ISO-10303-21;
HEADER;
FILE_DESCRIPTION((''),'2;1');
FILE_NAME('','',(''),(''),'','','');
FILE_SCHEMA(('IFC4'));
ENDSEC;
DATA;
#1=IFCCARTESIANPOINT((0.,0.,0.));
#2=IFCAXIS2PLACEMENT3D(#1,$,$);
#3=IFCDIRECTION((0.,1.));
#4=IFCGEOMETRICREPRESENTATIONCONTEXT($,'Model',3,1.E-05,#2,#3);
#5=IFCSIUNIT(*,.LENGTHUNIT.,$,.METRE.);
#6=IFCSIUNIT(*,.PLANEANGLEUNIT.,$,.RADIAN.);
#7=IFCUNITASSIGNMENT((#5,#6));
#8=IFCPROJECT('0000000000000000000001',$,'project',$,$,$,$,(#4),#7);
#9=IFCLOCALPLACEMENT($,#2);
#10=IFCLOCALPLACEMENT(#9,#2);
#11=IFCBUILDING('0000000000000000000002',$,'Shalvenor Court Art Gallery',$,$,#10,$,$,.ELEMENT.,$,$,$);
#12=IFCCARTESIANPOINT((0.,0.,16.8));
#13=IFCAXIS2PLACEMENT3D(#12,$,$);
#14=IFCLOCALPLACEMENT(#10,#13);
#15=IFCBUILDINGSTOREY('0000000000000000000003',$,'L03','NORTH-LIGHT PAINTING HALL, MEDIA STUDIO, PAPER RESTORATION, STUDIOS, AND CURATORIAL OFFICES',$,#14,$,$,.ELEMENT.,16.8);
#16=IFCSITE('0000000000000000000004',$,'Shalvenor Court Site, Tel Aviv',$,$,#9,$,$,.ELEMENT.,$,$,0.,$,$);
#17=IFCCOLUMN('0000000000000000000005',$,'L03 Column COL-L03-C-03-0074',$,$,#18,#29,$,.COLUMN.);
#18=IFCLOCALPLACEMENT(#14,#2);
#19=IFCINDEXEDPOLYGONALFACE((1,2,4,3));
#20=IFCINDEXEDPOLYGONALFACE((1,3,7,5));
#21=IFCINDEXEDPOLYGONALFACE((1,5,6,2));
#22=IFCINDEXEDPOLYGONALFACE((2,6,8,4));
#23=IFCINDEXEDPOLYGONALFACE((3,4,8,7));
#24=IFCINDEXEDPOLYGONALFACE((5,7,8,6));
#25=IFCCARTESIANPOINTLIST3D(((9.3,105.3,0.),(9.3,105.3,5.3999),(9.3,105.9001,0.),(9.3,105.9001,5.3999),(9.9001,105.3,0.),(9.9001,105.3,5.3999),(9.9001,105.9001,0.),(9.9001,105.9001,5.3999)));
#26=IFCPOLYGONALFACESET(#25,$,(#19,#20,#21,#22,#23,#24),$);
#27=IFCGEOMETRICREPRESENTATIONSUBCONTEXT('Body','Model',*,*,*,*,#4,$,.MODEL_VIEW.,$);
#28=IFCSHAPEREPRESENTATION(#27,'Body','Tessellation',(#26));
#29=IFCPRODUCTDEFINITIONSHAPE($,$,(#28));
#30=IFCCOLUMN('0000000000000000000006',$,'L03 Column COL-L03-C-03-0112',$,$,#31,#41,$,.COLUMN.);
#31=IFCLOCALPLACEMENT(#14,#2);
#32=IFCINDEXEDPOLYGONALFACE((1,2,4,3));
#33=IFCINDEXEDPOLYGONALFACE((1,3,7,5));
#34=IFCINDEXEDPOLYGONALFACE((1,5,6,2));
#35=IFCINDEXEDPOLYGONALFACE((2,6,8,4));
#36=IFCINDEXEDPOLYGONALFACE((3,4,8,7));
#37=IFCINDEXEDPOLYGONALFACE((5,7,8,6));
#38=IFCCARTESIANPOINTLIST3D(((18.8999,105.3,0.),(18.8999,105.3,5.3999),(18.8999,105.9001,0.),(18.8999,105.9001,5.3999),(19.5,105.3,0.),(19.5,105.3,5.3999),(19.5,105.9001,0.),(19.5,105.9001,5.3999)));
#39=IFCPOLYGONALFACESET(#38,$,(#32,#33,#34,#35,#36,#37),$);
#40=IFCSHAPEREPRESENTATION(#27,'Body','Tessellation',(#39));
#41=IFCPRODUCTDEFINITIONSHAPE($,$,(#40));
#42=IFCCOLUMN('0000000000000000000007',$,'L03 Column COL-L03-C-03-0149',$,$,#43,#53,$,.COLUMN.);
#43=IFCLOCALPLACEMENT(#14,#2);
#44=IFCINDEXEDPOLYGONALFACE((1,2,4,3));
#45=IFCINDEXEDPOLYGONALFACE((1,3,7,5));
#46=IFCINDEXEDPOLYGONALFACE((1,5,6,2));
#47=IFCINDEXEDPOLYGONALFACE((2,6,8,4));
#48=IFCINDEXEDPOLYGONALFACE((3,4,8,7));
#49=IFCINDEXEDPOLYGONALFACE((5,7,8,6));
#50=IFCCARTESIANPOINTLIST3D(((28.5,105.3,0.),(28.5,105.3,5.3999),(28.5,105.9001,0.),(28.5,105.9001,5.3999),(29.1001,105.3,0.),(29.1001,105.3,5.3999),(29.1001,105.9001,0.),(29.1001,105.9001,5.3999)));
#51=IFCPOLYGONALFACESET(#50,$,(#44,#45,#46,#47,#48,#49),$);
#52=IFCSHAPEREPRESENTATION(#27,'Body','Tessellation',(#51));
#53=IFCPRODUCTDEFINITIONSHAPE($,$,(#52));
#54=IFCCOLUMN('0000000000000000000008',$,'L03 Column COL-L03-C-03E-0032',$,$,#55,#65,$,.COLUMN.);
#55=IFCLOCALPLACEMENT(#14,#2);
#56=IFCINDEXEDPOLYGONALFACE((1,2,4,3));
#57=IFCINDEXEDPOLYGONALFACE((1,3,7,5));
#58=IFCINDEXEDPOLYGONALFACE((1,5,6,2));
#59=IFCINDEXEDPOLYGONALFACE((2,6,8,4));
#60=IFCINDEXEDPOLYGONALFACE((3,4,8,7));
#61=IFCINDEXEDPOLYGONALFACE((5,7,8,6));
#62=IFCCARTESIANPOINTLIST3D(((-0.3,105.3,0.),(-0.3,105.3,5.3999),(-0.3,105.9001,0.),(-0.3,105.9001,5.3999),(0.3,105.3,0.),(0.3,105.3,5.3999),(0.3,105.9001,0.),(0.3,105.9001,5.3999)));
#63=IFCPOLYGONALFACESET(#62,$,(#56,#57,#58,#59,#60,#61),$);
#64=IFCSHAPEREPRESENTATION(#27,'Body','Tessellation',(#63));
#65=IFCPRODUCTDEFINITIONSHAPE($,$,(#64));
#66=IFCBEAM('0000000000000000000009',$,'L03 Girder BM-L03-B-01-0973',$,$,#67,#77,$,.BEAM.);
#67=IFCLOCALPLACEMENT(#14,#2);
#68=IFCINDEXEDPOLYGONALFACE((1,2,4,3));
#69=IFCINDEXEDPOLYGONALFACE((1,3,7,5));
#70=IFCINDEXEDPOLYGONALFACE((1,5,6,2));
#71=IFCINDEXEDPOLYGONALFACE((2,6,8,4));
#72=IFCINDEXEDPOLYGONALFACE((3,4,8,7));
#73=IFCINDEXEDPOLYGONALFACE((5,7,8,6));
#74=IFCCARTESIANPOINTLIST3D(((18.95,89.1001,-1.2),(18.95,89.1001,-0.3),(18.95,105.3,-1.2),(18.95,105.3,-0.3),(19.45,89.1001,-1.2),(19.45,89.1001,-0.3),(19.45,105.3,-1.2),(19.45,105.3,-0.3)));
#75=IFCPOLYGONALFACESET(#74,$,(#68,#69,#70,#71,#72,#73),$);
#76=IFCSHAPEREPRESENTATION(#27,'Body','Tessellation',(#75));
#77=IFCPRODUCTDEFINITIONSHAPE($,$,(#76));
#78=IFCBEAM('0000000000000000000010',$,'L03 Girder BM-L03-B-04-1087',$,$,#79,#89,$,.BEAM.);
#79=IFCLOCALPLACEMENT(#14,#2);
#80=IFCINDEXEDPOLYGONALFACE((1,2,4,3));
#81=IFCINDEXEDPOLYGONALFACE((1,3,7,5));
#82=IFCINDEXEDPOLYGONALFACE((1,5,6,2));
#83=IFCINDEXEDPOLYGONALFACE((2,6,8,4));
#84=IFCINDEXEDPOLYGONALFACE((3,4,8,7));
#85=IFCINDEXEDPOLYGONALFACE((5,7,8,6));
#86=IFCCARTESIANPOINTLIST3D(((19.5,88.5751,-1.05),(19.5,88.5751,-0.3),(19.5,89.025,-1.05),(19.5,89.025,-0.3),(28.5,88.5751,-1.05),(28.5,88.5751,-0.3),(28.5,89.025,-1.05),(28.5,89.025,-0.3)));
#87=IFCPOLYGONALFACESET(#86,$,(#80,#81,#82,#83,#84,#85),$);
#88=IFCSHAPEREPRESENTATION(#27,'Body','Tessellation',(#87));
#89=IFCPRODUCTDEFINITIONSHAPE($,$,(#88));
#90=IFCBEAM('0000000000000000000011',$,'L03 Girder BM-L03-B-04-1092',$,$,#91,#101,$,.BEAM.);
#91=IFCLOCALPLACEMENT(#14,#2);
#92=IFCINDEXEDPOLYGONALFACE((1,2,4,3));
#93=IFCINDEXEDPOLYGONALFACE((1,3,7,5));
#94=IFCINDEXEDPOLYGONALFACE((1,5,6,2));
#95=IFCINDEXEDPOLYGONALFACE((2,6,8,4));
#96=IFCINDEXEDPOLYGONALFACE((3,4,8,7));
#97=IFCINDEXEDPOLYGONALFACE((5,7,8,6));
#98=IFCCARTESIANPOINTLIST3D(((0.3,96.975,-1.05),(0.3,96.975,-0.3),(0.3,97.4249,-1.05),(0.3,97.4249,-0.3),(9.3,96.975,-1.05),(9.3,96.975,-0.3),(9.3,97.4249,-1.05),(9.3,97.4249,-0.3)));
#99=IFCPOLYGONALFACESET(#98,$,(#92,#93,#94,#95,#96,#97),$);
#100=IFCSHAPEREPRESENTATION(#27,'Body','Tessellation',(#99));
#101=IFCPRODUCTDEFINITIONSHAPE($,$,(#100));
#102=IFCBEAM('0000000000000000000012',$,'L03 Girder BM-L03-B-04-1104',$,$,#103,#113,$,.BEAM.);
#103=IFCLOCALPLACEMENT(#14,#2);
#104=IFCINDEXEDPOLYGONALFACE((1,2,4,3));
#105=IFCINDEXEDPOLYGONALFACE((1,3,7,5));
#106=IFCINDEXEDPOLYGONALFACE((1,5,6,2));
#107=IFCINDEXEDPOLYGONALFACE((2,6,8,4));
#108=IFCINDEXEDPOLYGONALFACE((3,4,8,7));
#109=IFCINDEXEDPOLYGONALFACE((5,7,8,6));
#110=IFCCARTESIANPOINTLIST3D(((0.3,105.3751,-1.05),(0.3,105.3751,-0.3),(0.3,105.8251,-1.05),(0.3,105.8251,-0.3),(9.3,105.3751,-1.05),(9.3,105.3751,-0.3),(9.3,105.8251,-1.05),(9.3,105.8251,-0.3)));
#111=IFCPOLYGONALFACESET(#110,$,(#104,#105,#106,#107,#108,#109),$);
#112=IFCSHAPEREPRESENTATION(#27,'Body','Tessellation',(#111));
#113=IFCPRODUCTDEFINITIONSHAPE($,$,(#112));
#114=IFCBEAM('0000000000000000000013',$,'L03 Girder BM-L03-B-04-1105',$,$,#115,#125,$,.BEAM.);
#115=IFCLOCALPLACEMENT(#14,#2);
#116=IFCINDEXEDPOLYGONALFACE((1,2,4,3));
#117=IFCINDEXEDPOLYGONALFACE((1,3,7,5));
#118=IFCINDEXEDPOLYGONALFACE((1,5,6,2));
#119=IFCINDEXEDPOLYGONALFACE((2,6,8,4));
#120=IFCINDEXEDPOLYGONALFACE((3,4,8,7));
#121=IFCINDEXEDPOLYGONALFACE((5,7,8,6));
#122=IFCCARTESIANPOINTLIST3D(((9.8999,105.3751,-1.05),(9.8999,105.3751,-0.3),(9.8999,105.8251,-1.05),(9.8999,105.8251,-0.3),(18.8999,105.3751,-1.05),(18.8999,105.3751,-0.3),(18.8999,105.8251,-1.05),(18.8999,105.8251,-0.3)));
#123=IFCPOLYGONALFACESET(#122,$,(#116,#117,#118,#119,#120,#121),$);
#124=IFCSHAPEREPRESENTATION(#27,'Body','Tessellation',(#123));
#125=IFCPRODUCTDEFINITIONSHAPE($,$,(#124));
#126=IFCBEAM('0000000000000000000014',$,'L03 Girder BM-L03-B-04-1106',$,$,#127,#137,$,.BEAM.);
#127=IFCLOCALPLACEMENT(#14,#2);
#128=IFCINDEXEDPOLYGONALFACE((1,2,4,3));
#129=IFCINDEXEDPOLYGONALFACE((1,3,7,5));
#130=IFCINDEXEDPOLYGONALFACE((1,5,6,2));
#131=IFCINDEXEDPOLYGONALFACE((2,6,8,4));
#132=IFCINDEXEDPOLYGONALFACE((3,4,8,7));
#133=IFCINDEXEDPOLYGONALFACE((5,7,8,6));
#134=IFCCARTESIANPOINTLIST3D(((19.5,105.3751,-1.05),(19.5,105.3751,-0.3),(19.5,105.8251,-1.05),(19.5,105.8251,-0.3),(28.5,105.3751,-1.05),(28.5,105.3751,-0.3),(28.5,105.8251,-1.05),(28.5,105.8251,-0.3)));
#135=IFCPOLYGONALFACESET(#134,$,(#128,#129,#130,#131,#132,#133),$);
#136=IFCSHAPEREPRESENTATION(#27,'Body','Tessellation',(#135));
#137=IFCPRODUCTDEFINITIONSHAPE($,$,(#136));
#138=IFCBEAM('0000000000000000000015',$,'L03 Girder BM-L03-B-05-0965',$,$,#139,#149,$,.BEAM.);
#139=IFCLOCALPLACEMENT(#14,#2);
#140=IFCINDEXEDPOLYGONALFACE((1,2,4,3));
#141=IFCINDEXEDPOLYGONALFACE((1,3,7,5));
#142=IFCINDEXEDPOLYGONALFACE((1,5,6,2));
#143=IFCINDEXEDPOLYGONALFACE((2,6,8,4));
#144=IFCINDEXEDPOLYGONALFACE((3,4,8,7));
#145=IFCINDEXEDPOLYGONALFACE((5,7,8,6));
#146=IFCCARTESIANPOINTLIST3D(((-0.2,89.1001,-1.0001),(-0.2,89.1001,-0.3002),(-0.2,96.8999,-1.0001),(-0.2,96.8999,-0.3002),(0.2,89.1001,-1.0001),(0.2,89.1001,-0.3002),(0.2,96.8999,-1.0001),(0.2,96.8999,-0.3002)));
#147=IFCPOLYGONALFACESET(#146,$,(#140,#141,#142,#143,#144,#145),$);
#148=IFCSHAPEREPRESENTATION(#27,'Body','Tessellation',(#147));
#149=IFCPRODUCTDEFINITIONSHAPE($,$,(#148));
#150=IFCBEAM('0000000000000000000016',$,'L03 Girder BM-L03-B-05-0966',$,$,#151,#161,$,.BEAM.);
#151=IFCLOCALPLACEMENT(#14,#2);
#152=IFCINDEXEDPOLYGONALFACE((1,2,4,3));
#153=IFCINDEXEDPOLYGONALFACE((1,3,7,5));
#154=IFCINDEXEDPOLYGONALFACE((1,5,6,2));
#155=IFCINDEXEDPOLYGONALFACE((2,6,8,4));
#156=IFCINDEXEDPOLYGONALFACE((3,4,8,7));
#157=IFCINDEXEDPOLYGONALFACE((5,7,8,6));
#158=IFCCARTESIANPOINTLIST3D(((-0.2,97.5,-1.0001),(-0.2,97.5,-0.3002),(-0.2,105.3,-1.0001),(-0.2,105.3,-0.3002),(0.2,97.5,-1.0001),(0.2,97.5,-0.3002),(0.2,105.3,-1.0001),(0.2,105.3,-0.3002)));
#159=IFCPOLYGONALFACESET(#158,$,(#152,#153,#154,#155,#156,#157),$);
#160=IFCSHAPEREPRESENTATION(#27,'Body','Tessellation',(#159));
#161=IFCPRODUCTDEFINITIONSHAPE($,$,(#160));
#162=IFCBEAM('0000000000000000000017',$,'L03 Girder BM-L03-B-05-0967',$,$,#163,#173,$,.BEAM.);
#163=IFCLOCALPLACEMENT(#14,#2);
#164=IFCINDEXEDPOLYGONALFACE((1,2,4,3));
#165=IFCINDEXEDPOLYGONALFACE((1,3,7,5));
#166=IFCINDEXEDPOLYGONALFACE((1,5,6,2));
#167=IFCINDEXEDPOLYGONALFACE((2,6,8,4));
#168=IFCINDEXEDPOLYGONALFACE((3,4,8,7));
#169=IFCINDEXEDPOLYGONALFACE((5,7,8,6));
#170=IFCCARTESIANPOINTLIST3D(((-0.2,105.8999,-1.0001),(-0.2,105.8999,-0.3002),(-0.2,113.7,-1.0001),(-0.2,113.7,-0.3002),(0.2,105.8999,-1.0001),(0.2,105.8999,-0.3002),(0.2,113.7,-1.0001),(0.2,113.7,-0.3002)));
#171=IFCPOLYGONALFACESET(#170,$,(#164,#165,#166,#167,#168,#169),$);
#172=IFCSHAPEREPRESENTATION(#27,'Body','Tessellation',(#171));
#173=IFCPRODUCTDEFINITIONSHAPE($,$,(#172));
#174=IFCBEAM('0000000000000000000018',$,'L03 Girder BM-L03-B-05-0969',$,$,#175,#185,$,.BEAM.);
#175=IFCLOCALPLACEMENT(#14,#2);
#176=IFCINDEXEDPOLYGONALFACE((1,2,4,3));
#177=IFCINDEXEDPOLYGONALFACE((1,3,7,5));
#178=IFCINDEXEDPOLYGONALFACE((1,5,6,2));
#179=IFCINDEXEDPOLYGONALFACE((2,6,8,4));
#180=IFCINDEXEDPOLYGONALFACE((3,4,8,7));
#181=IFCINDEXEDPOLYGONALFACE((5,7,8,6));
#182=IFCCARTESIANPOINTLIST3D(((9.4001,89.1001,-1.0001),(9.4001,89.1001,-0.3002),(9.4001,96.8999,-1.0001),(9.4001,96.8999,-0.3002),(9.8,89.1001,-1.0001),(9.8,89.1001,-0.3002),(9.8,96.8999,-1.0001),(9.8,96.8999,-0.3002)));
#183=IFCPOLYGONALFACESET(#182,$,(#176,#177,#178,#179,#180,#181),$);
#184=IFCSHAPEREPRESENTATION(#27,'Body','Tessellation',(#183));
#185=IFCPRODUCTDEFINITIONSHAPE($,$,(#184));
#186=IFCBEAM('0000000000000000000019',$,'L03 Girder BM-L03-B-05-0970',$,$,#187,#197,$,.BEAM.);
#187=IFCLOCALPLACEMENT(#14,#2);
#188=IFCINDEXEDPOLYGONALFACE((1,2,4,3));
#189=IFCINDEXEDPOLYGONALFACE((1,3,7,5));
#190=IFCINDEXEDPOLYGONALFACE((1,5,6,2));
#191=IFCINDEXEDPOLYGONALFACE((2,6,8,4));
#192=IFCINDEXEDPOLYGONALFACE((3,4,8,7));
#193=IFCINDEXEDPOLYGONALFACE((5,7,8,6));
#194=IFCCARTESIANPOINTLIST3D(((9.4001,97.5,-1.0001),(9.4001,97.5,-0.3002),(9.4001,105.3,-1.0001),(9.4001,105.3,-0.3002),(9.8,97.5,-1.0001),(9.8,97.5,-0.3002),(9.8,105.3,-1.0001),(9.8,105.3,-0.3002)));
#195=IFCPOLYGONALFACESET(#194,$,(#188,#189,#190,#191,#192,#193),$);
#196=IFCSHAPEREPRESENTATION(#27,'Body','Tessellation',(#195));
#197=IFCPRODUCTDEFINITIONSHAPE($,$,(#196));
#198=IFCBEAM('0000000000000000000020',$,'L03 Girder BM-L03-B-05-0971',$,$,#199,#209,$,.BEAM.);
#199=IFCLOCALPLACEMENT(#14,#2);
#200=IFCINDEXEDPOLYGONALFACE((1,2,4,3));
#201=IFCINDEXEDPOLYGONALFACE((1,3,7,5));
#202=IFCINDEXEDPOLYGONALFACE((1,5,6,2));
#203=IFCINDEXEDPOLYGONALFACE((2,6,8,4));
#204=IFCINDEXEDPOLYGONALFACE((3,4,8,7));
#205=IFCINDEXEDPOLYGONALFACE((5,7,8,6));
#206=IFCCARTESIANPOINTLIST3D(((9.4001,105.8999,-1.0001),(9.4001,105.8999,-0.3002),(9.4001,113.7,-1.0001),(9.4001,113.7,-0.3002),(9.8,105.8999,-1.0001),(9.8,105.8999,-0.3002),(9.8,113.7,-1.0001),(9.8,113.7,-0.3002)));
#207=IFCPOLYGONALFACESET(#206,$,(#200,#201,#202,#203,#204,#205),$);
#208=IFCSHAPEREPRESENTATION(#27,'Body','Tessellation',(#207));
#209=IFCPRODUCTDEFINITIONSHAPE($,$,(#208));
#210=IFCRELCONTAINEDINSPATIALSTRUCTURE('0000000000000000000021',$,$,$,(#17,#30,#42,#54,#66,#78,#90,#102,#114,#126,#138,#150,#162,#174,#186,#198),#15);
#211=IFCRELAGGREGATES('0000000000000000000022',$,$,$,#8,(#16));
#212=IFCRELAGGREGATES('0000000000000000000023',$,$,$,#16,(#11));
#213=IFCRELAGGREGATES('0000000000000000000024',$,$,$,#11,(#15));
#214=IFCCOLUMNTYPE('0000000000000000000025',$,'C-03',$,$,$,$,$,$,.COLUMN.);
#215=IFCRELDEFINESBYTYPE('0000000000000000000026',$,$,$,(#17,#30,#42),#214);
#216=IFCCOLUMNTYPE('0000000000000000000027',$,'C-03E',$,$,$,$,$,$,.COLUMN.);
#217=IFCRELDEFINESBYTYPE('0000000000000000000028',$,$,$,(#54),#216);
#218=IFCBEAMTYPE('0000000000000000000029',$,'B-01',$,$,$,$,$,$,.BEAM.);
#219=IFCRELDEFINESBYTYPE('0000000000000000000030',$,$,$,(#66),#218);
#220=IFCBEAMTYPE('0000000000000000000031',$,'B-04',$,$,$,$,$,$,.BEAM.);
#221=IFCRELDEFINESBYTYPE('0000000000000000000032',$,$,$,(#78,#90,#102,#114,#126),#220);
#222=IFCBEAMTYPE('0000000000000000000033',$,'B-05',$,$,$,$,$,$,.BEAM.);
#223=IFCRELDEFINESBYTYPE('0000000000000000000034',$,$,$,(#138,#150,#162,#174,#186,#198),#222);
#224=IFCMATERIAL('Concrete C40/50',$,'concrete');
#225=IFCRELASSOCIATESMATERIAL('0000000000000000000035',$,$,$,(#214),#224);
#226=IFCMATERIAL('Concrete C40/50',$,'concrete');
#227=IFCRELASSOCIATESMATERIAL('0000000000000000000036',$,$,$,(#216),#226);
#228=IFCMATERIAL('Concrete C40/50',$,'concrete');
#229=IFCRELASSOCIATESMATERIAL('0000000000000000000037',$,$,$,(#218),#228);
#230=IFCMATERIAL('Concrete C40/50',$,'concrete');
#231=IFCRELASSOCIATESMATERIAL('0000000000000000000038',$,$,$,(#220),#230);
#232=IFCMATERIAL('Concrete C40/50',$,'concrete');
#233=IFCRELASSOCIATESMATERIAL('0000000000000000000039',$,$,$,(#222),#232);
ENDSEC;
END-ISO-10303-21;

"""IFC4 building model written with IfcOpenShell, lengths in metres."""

from ifc_helpers import new_model, si_unit, direction, frame, origin, origin_2d, place, context, subcontext, project, spatial, rectangle, extrude, material, material_profile, profile_set, type_object, element, save


model = new_model("IFC4")

# Units and contexts
model_context = context("Model", 3, precision=1e-05, world=origin(), true_north=direction((0.0, 1.0)))
body_context = subcontext(model_context, "Body", "Model", "MODEL_VIEW")
ifc_project = project(units=[si_unit("LENGTHUNIT", "METRE"), si_unit("PLANEANGLEUNIT", "RADIAN")], contexts=[model_context])

# Site, building, storey
site_placement = place(None, origin())
site = spatial("IfcSite", under=ifc_project, at=site_placement, Name="Shalvenor Court Site, Tel Aviv", CompositionType="ELEMENT", RefElevation=0.0)
building_placement = place(site_placement, origin())
building = spatial("IfcBuilding", under=site, at=building_placement, Name="Shalvenor Court Art Gallery", CompositionType="ELEMENT")
storey_placement = place(building_placement, frame((0.0, 0.0, 16.8)))
storey = spatial("IfcBuildingStorey", under=building, at=storey_placement, Name="L03", Description="NORTH-LIGHT PAINTING HALL, MEDIA STUDIO, PAPER RESTORATION, STUDIOS, AND CURATORIAL OFFICES", CompositionType="ELEMENT", Elevation=16.8)

# Columns
ifc_material_1 = material(Name="Concrete C40/50", Category="concrete")
ifc_material_profile_1 = material_profile(ifc_material_1, rectangle(XDim=0.6001, YDim=0.6001, at=origin_2d()), Name="RC 600x600")
ifc_profile_set_1 = profile_set([ifc_material_profile_1], Name="Concrete C40/50")
column_type_1 = type_object("IfcColumnType", Name="C-03", PredefinedType="COLUMN", material=ifc_profile_set_1)
for number, where, z_axis, x_axis, name in (
    (1, (9.6001, 105.6001, 0.0), (0.0, 0.0, 1.0), (1.0, 0.0, 0.0), "L03 Column COL-L03-C-03-0074"),
    (2, (19.2, 105.6001, 0.0), (0.0, 0.0, 1.0), (1.0, 0.0, 0.0), "L03 Column COL-L03-C-03-0112"),
    (3, (28.8, 105.6001, 0.0), (0.0, 0.0, 1.0), (1.0, 0.0, 0.0), "L03 Column COL-L03-C-03-0149"),
):
    element("IfcColumn", number, at=place(storey_placement, frame(where, z_axis=z_axis, x_axis=x_axis)), inside=storey, type_object=column_type_1, Name=name, PredefinedType="COLUMN", context=body_context, shape_type="SweptSolid", body=[
        extrude(rectangle(XDim=0.6001, YDim=0.6001, at=origin_2d()), origin(), (0.0, 0.0, 1.0), 5.3999),
    ])
ifc_material_2 = material(Name="Concrete C40/50", Category="concrete")
ifc_material_profile_2 = material_profile(ifc_material_2, rectangle(XDim=0.6001, YDim=0.6001, at=origin_2d()), Name="RC 600x600")
ifc_profile_set_2 = profile_set([ifc_material_profile_2], Name="Concrete C40/50")
column_type_2 = type_object("IfcColumnType", Name="C-03E", PredefinedType="COLUMN", material=ifc_profile_set_2)
column_placement = place(storey_placement, frame((0.0, 105.6001, 0.0), z_axis=(0.0, 0.0, 1.0), x_axis=(1.0, 0.0, 0.0)))
element("IfcColumn", 4, at=column_placement, inside=storey, type_object=column_type_2, Name="L03 Column COL-L03-C-03E-0032", PredefinedType="COLUMN", context=body_context, shape_type="SweptSolid", body=[
    extrude(rectangle(XDim=0.6001, YDim=0.6001, at=origin_2d()), origin(), (0.0, 0.0, 1.0), 5.3999),
])

# Beams
ifc_material_3 = material(Name="Concrete C40/50", Category="concrete")
ifc_material_profile_3 = material_profile(ifc_material_3, rectangle(XDim=0.5, YDim=0.8999, at=origin_2d()), Name="RC 500x900")
ifc_profile_set_3 = profile_set([ifc_material_profile_3], Name="Concrete C40/50")
beam_type_1 = type_object("IfcBeamType", Name="B-01", PredefinedType="BEAM", material=ifc_profile_set_3)
beam_1_placement = place(storey_placement, frame((19.2, 89.1001, -0.75), z_axis=(0.0, 1.0, 0.0), x_axis=(-1.0, 0.0, 0.0)))
element("IfcBeam", 5, at=beam_1_placement, inside=storey, type_object=beam_type_1, Name="L03 Girder BM-L03-B-01-0973", PredefinedType="BEAM", context=body_context, shape_type="SweptSolid", body=[
    extrude(rectangle(XDim=0.5, YDim=0.8999, at=origin_2d()), origin(), (0.0, 0.0, 1.0), 16.2),
])
ifc_material_4 = material(Name="Concrete C40/50", Category="concrete")
ifc_material_profile_4 = material_profile(ifc_material_4, rectangle(XDim=0.45, YDim=0.75, at=origin_2d()), Name="RC 450x750")
ifc_profile_set_4 = profile_set([ifc_material_profile_4], Name="Concrete C40/50")
beam_type_2 = type_object("IfcBeamType", Name="B-04", PredefinedType="BEAM", material=ifc_profile_set_4)
for number, where, z_axis, x_axis, name in (
    (6, (19.5, 88.8, -0.675), (1.0, 0.0, 0.0), (0.0, 1.0, 0.0), "L03 Girder BM-L03-B-04-1087"),
    (7, (0.3, 97.2, -0.675), (1.0, 0.0, 0.0), (0.0, 1.0, 0.0), "L03 Girder BM-L03-B-04-1092"),
    (8, (0.3, 105.6001, -0.675), (1.0, 0.0, 0.0), (0.0, 1.0, 0.0), "L03 Girder BM-L03-B-04-1104"),
    (9, (9.8999, 105.6001, -0.675), (1.0, 0.0, 0.0), (0.0, 1.0, 0.0), "L03 Girder BM-L03-B-04-1105"),
    (10, (19.5, 105.6001, -0.675), (1.0, 0.0, 0.0), (0.0, 1.0, 0.0), "L03 Girder BM-L03-B-04-1106"),
):
    element("IfcBeam", number, at=place(storey_placement, frame(where, z_axis=z_axis, x_axis=x_axis)), inside=storey, type_object=beam_type_2, Name=name, PredefinedType="BEAM", context=body_context, shape_type="SweptSolid", body=[
        extrude(rectangle(XDim=0.45, YDim=0.75, at=origin_2d()), origin(), (0.0, 0.0, 1.0), 9.0),
    ])
ifc_material_5 = material(Name="Concrete C40/50", Category="concrete")
ifc_material_profile_5 = material_profile(ifc_material_5, rectangle(XDim=0.3999, YDim=0.7, at=origin_2d()), Name="RC 400x700")
ifc_profile_set_5 = profile_set([ifc_material_profile_5], Name="Concrete C40/50")
beam_type_3 = type_object("IfcBeamType", Name="B-05", PredefinedType="BEAM", material=ifc_profile_set_5)
beam_2_placement = place(storey_placement, frame((0.0, 89.1001, -0.6501), z_axis=(0.0, 1.0, 0.0), x_axis=(-1.0, 0.0, 0.0)))
element("IfcBeam", 11, at=beam_2_placement, inside=storey, type_object=beam_type_3, Name="L03 Girder BM-L03-B-05-0965", PredefinedType="BEAM", context=body_context, shape_type="SweptSolid", body=[
    extrude(rectangle(XDim=0.3999, YDim=0.7, at=origin_2d()), origin(), (0.0, 0.0, 1.0), 7.7998),
])
for number, where, z_axis, x_axis, name in (
    (12, (0.0, 97.5, -0.6501), (0.0, 1.0, 0.0), (-1.0, 0.0, 0.0), "L03 Girder BM-L03-B-05-0966"),
    (13, (0.0, 105.8999, -0.6501), (0.0, 1.0, 0.0), (-1.0, 0.0, 0.0), "L03 Girder BM-L03-B-05-0967"),
):
    element("IfcBeam", number, at=place(storey_placement, frame(where, z_axis=z_axis, x_axis=x_axis)), inside=storey, type_object=beam_type_3, Name=name, PredefinedType="BEAM", context=body_context, shape_type="SweptSolid", body=[
        extrude(rectangle(XDim=0.3999, YDim=0.7, at=origin_2d()), origin(), (0.0, 0.0, 1.0), 7.8),
    ])
beam_3_placement = place(storey_placement, frame((9.6001, 89.1001, -0.6501), z_axis=(0.0, 1.0, 0.0), x_axis=(-1.0, 0.0, 0.0)))
element("IfcBeam", 14, at=beam_3_placement, inside=storey, type_object=beam_type_3, Name="L03 Girder BM-L03-B-05-0969", PredefinedType="BEAM", context=body_context, shape_type="SweptSolid", body=[
    extrude(rectangle(XDim=0.3999, YDim=0.7, at=origin_2d()), origin(), (0.0, 0.0, 1.0), 7.7998),
])
for number, where, z_axis, x_axis, name in (
    (15, (9.6001, 97.5, -0.6501), (0.0, 1.0, 0.0), (-1.0, 0.0, 0.0), "L03 Girder BM-L03-B-05-0970"),
    (16, (9.6001, 105.8999, -0.6501), (0.0, 1.0, 0.0), (-1.0, 0.0, 0.0), "L03 Girder BM-L03-B-05-0971"),
):
    element("IfcBeam", number, at=place(storey_placement, frame(where, z_axis=z_axis, x_axis=x_axis)), inside=storey, type_object=beam_type_3, Name=name, PredefinedType="BEAM", context=body_context, shape_type="SweptSolid", body=[
        extrude(rectangle(XDim=0.3999, YDim=0.7, at=origin_2d()), origin(), (0.0, 0.0, 1.0), 7.8),
    ])

save(model, "model.ifc")
